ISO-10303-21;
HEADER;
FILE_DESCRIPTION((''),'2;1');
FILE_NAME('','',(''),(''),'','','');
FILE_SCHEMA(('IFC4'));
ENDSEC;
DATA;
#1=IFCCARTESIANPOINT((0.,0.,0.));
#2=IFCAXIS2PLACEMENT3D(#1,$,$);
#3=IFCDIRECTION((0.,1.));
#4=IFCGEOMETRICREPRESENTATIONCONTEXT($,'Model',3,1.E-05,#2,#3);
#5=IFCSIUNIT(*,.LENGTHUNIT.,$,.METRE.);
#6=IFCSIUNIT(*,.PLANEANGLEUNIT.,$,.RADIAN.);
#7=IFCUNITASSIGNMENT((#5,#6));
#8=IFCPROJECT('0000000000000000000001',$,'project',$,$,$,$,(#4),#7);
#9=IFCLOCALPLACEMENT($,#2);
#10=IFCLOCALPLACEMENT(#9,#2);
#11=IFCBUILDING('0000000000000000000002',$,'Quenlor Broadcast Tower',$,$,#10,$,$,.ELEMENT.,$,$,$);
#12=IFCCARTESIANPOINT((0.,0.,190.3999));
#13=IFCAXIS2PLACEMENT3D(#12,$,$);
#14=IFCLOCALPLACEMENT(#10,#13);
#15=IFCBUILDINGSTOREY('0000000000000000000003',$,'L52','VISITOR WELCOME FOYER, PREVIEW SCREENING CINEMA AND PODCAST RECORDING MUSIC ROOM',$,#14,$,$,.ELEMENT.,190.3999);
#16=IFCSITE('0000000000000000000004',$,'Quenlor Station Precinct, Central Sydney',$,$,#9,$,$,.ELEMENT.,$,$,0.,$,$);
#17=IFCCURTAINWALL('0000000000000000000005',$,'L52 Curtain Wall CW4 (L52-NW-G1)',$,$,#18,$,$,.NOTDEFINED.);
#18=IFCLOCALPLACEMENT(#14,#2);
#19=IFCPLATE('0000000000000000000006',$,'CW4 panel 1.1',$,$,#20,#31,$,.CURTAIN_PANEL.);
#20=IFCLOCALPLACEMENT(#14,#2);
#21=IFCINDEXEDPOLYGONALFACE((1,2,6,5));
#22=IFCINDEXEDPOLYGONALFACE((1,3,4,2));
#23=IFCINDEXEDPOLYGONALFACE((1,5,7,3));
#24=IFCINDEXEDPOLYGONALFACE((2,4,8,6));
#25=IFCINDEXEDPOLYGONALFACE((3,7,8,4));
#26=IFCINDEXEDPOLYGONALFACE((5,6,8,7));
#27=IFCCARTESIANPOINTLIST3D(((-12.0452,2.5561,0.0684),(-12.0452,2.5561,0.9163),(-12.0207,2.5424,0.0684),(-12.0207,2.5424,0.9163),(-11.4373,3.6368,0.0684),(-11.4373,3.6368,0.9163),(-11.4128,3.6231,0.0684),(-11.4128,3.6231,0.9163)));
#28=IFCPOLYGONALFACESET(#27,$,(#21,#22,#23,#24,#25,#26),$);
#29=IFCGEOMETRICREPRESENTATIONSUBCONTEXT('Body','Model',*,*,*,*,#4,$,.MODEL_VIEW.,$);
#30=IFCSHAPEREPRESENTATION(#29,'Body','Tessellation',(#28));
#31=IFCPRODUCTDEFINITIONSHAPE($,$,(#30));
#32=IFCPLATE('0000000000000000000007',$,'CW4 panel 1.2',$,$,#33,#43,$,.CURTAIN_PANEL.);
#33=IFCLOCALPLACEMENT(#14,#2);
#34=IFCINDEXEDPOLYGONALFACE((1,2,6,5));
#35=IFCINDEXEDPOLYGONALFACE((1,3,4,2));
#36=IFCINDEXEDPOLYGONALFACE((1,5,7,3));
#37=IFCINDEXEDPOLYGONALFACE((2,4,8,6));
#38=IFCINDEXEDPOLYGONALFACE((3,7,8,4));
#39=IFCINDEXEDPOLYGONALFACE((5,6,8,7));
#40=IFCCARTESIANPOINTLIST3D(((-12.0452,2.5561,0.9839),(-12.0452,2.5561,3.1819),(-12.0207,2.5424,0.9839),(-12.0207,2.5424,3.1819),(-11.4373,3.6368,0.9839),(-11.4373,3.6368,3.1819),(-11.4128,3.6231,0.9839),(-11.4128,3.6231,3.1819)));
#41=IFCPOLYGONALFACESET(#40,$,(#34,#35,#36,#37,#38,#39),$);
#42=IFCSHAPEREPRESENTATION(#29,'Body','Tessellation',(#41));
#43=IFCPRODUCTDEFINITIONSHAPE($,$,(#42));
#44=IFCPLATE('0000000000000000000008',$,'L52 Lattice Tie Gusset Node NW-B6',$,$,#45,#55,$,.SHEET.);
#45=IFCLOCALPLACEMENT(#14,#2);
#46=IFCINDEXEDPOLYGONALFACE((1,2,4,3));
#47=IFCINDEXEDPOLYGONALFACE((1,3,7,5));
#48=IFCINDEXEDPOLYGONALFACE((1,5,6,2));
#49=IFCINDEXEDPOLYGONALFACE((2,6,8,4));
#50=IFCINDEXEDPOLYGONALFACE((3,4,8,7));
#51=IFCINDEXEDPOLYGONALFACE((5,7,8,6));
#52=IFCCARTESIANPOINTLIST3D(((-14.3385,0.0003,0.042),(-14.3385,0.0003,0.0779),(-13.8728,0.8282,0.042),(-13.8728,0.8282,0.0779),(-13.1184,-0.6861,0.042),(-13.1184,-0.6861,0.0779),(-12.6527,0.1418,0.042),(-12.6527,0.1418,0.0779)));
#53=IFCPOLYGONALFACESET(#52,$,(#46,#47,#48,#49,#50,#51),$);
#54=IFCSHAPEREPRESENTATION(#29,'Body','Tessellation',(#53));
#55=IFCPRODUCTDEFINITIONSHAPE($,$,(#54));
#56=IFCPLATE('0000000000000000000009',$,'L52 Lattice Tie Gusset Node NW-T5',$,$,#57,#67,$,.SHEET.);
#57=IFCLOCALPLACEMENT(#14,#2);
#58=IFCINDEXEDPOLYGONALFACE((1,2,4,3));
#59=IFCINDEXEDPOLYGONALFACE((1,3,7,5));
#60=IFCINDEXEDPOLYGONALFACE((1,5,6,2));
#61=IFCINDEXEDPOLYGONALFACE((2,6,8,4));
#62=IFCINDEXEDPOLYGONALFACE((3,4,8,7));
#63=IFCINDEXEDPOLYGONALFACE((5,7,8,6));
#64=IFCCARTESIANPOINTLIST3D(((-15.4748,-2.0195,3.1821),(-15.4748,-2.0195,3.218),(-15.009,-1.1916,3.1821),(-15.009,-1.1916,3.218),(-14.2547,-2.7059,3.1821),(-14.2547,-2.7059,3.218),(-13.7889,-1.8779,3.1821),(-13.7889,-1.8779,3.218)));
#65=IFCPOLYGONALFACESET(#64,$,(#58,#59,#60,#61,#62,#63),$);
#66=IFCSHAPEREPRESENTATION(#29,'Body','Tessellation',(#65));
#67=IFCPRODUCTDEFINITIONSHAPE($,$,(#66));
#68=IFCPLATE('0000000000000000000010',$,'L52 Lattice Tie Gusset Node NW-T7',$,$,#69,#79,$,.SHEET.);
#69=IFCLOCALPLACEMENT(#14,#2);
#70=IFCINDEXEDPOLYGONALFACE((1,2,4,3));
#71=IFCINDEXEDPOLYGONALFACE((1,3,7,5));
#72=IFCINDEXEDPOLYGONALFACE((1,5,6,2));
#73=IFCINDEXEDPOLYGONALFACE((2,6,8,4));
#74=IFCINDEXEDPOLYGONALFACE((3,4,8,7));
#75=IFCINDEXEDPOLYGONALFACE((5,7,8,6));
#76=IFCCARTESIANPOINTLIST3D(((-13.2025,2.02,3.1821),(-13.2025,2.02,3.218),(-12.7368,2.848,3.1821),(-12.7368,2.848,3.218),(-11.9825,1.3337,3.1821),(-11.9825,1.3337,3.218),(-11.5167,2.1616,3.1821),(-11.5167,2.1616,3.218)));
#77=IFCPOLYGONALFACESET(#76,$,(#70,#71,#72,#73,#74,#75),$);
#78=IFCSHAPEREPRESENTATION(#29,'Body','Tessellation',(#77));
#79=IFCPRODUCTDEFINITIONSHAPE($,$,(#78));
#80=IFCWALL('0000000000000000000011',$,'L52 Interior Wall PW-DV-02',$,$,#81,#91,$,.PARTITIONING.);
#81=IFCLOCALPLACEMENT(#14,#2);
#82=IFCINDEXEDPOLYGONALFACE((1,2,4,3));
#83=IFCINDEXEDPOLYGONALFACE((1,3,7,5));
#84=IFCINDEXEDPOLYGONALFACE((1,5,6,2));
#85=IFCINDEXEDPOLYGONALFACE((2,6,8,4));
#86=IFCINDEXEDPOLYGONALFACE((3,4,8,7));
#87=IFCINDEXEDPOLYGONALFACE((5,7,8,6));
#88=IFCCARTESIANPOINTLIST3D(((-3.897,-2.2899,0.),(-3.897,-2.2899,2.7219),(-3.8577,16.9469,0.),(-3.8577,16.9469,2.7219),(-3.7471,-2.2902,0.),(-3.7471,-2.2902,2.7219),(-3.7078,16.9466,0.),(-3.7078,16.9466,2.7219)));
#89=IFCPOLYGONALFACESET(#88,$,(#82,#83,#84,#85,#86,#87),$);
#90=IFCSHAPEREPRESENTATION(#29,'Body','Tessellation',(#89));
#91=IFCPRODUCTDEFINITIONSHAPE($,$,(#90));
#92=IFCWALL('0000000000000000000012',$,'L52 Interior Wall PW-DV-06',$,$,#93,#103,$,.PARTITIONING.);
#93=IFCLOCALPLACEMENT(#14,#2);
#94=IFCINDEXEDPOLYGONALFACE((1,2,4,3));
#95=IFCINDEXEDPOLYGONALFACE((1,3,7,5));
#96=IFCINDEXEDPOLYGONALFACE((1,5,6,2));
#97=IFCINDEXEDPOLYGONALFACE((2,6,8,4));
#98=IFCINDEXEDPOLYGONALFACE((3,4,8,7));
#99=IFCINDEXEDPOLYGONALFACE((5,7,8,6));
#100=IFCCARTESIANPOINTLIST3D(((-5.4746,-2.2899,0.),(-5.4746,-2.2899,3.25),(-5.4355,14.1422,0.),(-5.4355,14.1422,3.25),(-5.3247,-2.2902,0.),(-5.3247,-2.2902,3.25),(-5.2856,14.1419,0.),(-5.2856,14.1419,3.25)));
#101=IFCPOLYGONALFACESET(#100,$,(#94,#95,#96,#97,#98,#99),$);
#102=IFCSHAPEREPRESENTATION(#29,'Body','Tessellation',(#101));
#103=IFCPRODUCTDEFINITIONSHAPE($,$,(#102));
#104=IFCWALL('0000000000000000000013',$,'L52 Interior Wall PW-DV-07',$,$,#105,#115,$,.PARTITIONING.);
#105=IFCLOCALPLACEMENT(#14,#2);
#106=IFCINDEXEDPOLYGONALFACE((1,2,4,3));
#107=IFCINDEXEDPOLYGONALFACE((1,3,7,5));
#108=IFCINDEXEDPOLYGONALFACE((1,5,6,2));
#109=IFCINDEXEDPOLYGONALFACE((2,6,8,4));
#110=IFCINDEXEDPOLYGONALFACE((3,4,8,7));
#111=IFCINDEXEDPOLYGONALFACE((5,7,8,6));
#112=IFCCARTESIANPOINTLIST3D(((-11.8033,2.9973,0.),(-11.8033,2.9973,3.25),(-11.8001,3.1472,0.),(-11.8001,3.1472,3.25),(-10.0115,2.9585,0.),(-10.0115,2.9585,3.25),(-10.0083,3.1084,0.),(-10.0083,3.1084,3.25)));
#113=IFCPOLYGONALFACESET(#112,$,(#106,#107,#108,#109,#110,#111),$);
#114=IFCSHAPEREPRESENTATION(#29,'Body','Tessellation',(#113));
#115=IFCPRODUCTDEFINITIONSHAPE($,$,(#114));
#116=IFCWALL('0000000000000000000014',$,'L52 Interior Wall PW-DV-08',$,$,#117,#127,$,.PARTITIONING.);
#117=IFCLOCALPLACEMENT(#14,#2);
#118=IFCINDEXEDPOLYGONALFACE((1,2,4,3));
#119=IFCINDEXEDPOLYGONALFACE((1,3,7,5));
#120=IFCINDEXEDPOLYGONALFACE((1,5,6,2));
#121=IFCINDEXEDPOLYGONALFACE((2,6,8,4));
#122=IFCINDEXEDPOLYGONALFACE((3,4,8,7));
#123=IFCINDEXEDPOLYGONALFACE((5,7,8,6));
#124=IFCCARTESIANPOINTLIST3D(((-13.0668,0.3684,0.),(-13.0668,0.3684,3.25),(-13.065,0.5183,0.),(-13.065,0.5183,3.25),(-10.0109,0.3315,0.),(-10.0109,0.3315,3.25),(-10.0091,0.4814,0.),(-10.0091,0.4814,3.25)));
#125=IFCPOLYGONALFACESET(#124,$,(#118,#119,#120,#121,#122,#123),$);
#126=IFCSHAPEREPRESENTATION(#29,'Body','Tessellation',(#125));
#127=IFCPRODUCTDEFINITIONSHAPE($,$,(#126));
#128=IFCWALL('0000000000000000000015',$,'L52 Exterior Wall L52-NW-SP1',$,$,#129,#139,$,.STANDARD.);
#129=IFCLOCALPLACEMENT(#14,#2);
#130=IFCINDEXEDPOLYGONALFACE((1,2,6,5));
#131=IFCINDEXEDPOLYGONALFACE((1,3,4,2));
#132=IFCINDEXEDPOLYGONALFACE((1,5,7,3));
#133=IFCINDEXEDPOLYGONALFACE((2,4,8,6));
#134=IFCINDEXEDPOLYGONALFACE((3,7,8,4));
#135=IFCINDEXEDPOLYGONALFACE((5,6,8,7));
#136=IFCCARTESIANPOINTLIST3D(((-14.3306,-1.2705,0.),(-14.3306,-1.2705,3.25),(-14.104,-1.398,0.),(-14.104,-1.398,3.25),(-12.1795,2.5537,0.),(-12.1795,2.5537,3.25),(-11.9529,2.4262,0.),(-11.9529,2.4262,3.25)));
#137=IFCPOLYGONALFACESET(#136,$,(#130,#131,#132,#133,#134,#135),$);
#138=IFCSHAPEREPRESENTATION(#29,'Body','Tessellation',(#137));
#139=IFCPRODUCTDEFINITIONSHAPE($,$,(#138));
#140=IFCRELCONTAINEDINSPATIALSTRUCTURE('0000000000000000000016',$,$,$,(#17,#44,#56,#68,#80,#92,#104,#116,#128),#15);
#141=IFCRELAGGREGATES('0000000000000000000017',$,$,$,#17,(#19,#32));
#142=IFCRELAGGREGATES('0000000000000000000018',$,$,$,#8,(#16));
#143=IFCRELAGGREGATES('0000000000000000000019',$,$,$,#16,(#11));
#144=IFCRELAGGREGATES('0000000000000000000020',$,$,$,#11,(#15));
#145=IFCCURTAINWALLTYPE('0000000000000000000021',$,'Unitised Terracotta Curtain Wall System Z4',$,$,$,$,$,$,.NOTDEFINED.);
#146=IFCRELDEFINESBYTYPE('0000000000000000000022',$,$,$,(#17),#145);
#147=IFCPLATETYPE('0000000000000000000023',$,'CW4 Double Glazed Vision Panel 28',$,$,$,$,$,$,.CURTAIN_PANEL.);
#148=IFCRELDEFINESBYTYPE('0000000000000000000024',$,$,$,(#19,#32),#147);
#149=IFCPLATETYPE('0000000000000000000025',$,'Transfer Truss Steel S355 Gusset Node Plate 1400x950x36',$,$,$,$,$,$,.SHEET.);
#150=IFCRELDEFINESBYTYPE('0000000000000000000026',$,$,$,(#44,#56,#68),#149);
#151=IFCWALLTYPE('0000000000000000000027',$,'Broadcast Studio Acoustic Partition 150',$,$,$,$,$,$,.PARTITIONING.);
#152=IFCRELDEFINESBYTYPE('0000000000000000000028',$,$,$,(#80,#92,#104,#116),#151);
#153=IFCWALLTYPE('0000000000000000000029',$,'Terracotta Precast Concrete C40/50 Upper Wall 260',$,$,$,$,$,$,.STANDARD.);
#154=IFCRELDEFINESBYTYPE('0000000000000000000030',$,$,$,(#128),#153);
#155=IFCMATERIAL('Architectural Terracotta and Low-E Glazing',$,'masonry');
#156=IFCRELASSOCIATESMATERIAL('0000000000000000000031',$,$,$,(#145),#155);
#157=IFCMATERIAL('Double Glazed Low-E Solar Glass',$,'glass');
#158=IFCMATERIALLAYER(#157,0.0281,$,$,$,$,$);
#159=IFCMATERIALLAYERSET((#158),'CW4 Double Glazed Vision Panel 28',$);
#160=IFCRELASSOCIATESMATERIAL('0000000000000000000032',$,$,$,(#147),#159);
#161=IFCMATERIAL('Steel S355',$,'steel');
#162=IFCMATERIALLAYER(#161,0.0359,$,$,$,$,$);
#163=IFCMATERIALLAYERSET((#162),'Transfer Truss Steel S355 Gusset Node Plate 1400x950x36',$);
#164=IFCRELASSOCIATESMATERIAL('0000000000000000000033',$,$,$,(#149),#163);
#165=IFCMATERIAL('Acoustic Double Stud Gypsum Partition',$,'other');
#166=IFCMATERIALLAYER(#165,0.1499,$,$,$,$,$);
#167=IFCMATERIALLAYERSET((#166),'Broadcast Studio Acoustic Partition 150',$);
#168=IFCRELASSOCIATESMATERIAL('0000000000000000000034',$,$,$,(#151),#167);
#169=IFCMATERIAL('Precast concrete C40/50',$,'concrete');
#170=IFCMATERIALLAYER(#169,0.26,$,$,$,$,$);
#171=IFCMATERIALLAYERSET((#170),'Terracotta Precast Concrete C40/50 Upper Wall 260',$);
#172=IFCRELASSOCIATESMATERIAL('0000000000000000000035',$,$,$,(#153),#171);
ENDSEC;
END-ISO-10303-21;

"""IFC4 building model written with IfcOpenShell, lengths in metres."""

from ifc_helpers import new_model, si_unit, direction, frame, frame_2d, origin, origin_2d, place, context, subcontext, project, spatial, rectangle, extrude, material, layer, layer_set, type_object, element, aggregate, save


model = new_model("IFC4")

# Units and contexts
model_context = context("Model", 3, precision=1e-05, world=origin(), true_north=direction((0.0, 1.0)))
body_context = subcontext(model_context, "Body", "Model", "MODEL_VIEW")
ifc_project = project(units=[si_unit("LENGTHUNIT", "METRE"), si_unit("PLANEANGLEUNIT", "RADIAN")], contexts=[model_context])

# Site, building, storey
site_placement = place(None, origin())
site = spatial("IfcSite", under=ifc_project, at=site_placement, Name="Quenlor Station Precinct, Central Sydney", CompositionType="ELEMENT", RefElevation=0.0)
building_placement = place(site_placement, origin())
building = spatial("IfcBuilding", under=site, at=building_placement, Name="Quenlor Broadcast Tower", CompositionType="ELEMENT")
storey_placement = place(building_placement, frame((0.0, 0.0, 190.3999)))
storey = spatial("IfcBuildingStorey", under=building, at=storey_placement, Name="L52", Description="VISITOR WELCOME FOYER, PREVIEW SCREENING CINEMA AND PODCAST RECORDING MUSIC ROOM", CompositionType="ELEMENT", Elevation=190.3999)

# Curtain wall
ifc_material_1 = material(Name="Architectural Terracotta and Low-E Glazing", Category="masonry")
curtain_wall_type = type_object("IfcCurtainWallType", Name="Unitised Terracotta Curtain Wall System Z4", PredefinedType="NOTDEFINED", material=ifc_material_1)
curtain_wall_placement = place(storey_placement, origin())
curtain_wall = element("IfcCurtainWall", 1, at=curtain_wall_placement, inside=storey, type_object=curtain_wall_type, Name="L52 Curtain Wall CW4 (L52-NW-G1)", PredefinedType="NOTDEFINED")

# Plates
ifc_material_2 = material(Name="Double Glazed Low-E Solar Glass", Category="glass")
ifc_layer_1 = layer(ifc_material_2, 0.0281)
ifc_layer_set_1 = layer_set([ifc_layer_1], Name="CW4 Double Glazed Vision Panel 28")
plate_type_1 = type_object("IfcPlateType", Name="CW4 Double Glazed Vision Panel 28", PredefinedType="CURTAIN_PANEL", material=ifc_layer_set_1)
plate_1_placement = place(storey_placement, frame((-11.729, 3.0896, 0.0684), z_axis=(0.0, 0.0, 1.0), x_axis=(0.490289, 0.87156, 0.0)))
plate_1 = element("IfcPlate", 2, at=plate_1_placement, type_object=plate_type_1, Name="CW4 panel 1.1", PredefinedType="CURTAIN_PANEL", context=body_context, shape_type="SweptSolid", body=[
    extrude(rectangle(XDim=1.24, YDim=0.0281, at=origin_2d()), origin(), (0.0, 0.0, 1.0), 0.8479),
])
plate_2_placement = place(storey_placement, frame((-11.729, 3.0896, 0.9839), z_axis=(0.0, 0.0, 1.0), x_axis=(0.490289, 0.87156, 0.0)))
plate_2 = element("IfcPlate", 3, at=plate_2_placement, type_object=plate_type_1, Name="CW4 panel 1.2", PredefinedType="CURTAIN_PANEL", context=body_context, shape_type="SweptSolid", body=[
    extrude(rectangle(XDim=1.24, YDim=0.0281, at=origin_2d()), origin(), (0.0, 0.0, 1.0), 2.198),
])
aggregate(curtain_wall, [plate_1, plate_2])

# Plates
ifc_material_3 = material(Name="Steel S355", Category="steel")
ifc_layer_2 = layer(ifc_material_3, 0.0359)
ifc_layer_set_2 = layer_set([ifc_layer_2], Name="Transfer Truss Steel S355 Gusset Node Plate 1400x950x36")
plate_type_2 = type_object("IfcPlateType", Name="Transfer Truss Steel S355 Gusset Node Plate 1400x950x36", PredefinedType="SHEET", material=ifc_layer_set_2)
for number, where, z_axis, x_axis, name in (
    (4, (-13.4956, 0.071, 0.042), (0.0, 0.0, 1.0), (-0.871556, 0.490295, 0.0), "L52 Lattice Tie Gusset Node NW-B6"),
    (5, (-14.6318, -1.9487, 3.1821), (0.0, 0.0, 1.0), (-0.871556, 0.490295, 0.0), "L52 Lattice Tie Gusset Node NW-T5"),
    (6, (-12.3596, 2.0908, 3.1821), (0.0, 0.0, 1.0), (-0.871556, 0.490295, 0.0), "L52 Lattice Tie Gusset Node NW-T7"),
):
    element("IfcPlate", number, at=place(storey_placement, frame(where, z_axis=z_axis, x_axis=x_axis)), inside=storey, type_object=plate_type_2, Name=name, PredefinedType="SHEET", context=body_context, shape_type="SweptSolid", body=[
        extrude(rectangle(XDim=1.3999, YDim=0.95, at=origin_2d()), origin(), (0.0, 0.0, 1.0), 0.0359),
    ])

# Walls
ifc_material_4 = material(Name="Acoustic Double Stud Gypsum Partition", Category="other")
ifc_layer_3 = layer(ifc_material_4, 0.1499)
ifc_layer_set_3 = layer_set([ifc_layer_3], Name="Broadcast Studio Acoustic Partition 150")
wall_type_1 = type_object("IfcWallType", Name="Broadcast Studio Acoustic Partition 150", PredefinedType="PARTITIONING", material=ifc_layer_set_3)
wall_1_placement = place(storey_placement, frame((-3.822, -2.29, 0.0), z_axis=(0.0, 0.0, 1.0), x_axis=(0.002043, 0.999998, 0.0)))
element("IfcWall", 7, at=wall_1_placement, inside=storey, type_object=wall_type_1, Name="L52 Interior Wall PW-DV-02", PredefinedType="PARTITIONING", context=body_context, shape_type="SweptSolid", body=[
    extrude(rectangle(XDim=19.2368, YDim=0.1499, at=frame_2d((9.6184, 0.0))), origin(), (0.0, 0.0, 1.0), 2.7219),
])
wall_2_placement = place(storey_placement, frame((-5.3997, -2.29, 0.0), z_axis=(0.0, 0.0, 1.0), x_axis=(0.002377, 0.999997, 0.0)))
element("IfcWall", 8, at=wall_2_placement, inside=storey, type_object=wall_type_1, Name="L52 Interior Wall PW-DV-06", PredefinedType="PARTITIONING", context=body_context, shape_type="SweptSolid", body=[
    extrude(rectangle(XDim=16.4321, YDim=0.1499, at=frame_2d((8.2161, 0.0))), origin(), (0.0, 0.0, 1.0), 3.25),
])
wall_3_placement = place(storey_placement, frame((-10.01, 3.0334, 0.0), z_axis=(0.0, 0.0, 1.0), x_axis=(-0.999765, 0.02166, 0.0)))
element("IfcWall", 9, at=wall_3_placement, inside=storey, type_object=wall_type_1, Name="L52 Interior Wall PW-DV-07", PredefinedType="PARTITIONING", context=body_context, shape_type="SweptSolid", body=[
    extrude(rectangle(XDim=1.7922, YDim=0.1499, at=frame_2d((0.896, 0.0))), origin(), (0.0, 0.0, 1.0), 3.25),
])
wall_4_placement = place(storey_placement, frame((-10.01, 0.4065, 0.0), z_axis=(0.0, 0.0, 1.0), x_axis=(-0.999927, 0.012063, 0.0)))
element("IfcWall", 10, at=wall_4_placement, inside=storey, type_object=wall_type_1, Name="L52 Interior Wall PW-DV-08", PredefinedType="PARTITIONING", context=body_context, shape_type="SweptSolid", body=[
    extrude(rectangle(XDim=3.0562, YDim=0.1499, at=frame_2d((1.5281, 0.0))), origin(), (0.0, 0.0, 1.0), 3.25),
])
ifc_material_5 = material(Name="Precast concrete C40/50", Category="concrete")
ifc_layer_4 = layer(ifc_material_5, 0.26)
ifc_layer_set_4 = layer_set([ifc_layer_4], Name="Terracotta Precast Concrete C40/50 Upper Wall 260")
wall_type_2 = type_object("IfcWallType", Name="Terracotta Precast Concrete C40/50 Upper Wall 260", PredefinedType="STANDARD", material=ifc_layer_set_4)
wall_5_placement = place(storey_placement, frame((-14.2173, -1.3342, 0.0), z_axis=(0.0, 0.0, 1.0), x_axis=(0.490261, 0.871576, 0.0)))
element("IfcWall", 11, at=wall_5_placement, inside=storey, type_object=wall_type_2, Name="L52 Exterior Wall L52-NW-SP1", PredefinedType="STANDARD", context=body_context, shape_type="SweptSolid", body=[
    extrude(rectangle(XDim=4.3877, YDim=0.26, at=frame_2d((2.1938, 0.0))), origin(), (0.0, 0.0, 1.0), 3.25),
])

save(model, "model.ifc")
